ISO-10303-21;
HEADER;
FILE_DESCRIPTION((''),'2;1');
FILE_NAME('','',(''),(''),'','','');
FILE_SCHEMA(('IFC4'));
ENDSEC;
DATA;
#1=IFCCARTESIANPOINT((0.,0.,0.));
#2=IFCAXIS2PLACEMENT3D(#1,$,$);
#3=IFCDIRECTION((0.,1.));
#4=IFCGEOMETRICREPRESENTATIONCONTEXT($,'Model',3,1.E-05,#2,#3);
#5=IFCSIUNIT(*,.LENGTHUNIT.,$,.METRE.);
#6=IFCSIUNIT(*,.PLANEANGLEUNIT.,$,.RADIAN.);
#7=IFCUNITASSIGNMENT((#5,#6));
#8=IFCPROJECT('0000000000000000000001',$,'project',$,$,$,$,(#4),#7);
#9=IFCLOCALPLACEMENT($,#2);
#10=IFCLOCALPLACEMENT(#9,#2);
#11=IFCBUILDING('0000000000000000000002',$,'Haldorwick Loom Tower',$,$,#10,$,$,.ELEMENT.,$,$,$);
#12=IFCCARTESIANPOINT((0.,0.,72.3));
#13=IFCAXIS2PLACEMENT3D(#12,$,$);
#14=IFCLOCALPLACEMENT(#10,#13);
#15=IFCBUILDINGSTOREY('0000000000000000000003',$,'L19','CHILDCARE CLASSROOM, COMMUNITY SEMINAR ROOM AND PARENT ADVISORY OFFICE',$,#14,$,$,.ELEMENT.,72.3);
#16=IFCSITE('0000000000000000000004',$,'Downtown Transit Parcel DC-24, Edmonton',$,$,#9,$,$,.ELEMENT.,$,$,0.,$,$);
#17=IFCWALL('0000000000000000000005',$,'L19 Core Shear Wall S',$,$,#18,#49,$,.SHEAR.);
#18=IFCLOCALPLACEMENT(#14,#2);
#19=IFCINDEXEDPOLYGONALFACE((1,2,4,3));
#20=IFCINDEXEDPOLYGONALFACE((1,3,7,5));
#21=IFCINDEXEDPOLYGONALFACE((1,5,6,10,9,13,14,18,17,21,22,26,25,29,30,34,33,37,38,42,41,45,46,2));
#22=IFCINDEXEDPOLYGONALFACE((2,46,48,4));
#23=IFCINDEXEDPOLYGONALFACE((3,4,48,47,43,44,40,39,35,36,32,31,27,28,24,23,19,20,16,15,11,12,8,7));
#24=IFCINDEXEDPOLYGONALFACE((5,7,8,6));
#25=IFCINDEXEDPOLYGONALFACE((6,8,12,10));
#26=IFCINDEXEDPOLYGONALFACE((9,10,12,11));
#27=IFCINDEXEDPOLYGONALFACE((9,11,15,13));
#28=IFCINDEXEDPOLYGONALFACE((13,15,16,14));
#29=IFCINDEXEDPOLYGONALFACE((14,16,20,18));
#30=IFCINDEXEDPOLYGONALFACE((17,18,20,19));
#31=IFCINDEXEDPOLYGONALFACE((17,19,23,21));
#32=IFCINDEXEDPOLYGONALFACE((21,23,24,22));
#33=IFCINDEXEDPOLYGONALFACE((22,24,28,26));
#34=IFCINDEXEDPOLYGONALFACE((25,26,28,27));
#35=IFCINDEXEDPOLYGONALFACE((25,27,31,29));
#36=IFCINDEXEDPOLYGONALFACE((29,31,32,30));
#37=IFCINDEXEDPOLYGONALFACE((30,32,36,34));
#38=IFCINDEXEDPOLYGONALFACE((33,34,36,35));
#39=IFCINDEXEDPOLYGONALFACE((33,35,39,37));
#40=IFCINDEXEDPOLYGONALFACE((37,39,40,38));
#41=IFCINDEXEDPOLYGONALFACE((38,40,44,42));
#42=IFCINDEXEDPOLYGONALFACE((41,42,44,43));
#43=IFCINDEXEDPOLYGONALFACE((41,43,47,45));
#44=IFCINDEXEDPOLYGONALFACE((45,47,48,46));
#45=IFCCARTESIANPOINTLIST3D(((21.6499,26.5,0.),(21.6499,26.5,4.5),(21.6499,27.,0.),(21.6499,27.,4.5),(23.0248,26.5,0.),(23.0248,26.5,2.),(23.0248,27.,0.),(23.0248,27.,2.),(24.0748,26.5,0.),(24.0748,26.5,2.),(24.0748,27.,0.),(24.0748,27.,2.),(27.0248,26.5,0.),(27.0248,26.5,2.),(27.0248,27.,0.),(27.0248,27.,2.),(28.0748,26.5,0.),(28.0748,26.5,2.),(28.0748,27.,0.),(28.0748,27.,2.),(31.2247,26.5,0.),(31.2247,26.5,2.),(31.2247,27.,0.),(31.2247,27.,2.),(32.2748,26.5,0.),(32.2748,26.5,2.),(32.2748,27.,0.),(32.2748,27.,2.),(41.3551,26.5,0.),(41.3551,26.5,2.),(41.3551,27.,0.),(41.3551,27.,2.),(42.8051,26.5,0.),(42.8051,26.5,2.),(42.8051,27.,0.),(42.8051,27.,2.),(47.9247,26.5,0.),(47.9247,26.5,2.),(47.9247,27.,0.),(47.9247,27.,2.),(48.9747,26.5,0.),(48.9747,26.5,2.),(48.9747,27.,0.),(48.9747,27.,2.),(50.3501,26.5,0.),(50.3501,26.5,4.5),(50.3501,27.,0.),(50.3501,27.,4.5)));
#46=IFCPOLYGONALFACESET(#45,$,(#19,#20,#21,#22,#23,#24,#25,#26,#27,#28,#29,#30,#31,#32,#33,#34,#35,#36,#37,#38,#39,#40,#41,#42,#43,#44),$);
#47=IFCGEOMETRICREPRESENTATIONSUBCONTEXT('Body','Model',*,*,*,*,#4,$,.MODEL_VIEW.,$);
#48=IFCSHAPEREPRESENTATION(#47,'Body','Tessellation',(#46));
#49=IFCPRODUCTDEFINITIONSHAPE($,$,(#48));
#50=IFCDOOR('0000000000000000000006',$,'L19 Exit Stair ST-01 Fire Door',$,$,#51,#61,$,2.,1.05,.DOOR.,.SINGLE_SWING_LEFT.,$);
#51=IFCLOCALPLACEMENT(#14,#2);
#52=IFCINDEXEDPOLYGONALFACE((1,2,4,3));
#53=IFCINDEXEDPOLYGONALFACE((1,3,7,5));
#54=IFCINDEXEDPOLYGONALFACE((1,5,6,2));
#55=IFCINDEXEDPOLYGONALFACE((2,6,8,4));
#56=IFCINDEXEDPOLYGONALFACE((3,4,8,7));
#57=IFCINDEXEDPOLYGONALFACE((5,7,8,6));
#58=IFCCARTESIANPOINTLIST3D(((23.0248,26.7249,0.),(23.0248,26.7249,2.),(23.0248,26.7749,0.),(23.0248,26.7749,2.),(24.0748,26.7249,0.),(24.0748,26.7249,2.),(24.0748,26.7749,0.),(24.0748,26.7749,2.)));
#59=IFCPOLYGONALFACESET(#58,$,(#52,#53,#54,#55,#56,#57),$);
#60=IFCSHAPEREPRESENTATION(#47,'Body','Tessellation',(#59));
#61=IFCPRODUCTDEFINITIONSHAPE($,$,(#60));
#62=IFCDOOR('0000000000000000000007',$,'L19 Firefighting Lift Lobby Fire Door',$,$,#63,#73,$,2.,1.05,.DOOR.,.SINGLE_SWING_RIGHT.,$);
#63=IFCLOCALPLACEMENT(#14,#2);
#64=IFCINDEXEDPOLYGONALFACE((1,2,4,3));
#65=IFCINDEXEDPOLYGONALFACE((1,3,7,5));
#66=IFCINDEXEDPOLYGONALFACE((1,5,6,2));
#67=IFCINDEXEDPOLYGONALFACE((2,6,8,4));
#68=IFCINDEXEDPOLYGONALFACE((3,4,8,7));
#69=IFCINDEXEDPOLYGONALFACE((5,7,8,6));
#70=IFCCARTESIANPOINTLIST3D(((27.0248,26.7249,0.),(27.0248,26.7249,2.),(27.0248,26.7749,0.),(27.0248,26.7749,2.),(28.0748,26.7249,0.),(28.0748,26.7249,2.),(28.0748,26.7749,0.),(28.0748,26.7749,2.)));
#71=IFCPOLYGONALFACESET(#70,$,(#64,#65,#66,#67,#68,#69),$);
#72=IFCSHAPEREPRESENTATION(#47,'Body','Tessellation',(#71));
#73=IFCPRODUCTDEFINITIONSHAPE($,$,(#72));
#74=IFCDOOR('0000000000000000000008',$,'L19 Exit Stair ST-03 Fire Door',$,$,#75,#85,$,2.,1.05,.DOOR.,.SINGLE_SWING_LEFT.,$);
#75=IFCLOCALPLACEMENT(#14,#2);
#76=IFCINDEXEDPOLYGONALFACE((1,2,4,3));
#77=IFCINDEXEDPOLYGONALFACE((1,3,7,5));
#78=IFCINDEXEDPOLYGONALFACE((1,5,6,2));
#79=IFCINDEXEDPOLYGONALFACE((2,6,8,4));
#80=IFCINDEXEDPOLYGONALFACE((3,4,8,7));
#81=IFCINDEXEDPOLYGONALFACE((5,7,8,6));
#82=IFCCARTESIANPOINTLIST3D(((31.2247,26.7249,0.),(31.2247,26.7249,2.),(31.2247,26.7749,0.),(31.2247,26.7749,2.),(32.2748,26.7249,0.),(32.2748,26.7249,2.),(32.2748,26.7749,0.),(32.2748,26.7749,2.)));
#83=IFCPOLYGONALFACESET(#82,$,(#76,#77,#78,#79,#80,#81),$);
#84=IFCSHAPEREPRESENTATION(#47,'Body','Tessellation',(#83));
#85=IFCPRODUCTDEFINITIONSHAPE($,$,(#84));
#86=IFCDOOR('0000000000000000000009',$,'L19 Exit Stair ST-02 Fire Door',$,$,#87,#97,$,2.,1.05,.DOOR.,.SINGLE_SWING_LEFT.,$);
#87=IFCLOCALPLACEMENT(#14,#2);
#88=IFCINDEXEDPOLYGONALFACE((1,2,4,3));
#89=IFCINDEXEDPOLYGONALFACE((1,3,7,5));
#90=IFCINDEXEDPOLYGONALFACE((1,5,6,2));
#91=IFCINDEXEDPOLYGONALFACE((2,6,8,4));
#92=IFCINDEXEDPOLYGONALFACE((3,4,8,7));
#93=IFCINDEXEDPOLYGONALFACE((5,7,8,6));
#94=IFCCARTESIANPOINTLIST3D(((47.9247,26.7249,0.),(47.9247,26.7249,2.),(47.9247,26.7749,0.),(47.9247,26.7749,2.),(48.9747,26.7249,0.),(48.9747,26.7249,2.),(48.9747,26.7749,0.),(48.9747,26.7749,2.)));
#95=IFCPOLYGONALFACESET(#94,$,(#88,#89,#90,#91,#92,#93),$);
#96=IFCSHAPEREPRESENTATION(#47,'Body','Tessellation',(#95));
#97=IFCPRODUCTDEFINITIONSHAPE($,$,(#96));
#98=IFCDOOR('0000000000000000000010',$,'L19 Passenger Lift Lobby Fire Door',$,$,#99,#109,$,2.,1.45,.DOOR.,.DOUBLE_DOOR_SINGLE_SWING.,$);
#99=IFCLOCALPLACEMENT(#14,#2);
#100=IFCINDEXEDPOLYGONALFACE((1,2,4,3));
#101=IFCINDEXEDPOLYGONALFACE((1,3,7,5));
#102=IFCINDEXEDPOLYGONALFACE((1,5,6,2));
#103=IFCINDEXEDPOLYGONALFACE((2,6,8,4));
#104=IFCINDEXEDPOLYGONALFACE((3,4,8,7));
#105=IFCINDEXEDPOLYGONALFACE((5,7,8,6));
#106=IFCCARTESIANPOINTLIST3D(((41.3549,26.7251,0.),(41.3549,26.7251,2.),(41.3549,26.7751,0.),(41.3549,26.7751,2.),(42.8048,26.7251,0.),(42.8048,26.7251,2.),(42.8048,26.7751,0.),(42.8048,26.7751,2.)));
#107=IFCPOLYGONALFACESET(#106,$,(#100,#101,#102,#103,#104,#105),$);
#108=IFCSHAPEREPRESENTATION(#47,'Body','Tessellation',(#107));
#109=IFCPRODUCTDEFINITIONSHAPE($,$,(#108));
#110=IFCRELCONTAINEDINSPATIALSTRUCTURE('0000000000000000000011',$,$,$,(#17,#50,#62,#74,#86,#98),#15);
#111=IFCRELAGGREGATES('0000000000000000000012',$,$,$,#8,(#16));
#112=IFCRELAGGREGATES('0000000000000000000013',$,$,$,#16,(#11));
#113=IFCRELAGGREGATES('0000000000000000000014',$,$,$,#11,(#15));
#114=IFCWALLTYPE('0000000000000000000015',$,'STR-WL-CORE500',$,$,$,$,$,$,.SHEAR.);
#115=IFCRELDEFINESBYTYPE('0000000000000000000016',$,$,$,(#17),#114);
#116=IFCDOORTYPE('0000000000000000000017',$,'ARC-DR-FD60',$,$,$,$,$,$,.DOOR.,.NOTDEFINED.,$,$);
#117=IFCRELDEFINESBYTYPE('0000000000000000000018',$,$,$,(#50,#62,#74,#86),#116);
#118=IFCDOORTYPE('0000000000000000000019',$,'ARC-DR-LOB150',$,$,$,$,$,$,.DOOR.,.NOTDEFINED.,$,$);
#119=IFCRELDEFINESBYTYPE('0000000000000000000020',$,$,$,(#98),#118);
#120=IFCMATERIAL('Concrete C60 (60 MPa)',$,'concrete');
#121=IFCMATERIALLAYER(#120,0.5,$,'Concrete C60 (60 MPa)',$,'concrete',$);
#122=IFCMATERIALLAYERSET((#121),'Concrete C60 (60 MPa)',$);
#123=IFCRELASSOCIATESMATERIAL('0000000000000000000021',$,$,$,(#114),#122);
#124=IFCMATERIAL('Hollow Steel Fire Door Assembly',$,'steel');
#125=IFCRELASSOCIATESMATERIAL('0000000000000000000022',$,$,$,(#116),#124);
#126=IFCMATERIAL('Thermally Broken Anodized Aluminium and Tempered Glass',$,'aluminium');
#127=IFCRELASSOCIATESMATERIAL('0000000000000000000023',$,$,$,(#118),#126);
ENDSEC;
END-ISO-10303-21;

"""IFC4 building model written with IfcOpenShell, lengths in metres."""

from ifc_helpers import new_model, si_unit, direction, frame, frame_2d, origin, place, context, subcontext, project, spatial, rectangle, extrude, material, layer, layer_set, type_object, element, fill, save


model = new_model("IFC4")

# Units and contexts
model_context = context("Model", 3, precision=1e-05, world=origin(), true_north=direction((0.0, 1.0)))
body_context = subcontext(model_context, "Body", "Model", "MODEL_VIEW")
ifc_project = project(units=[si_unit("LENGTHUNIT", "METRE"), si_unit("PLANEANGLEUNIT", "RADIAN")], contexts=[model_context])

# Site, building, storey
site_placement = place(None, origin())
site = spatial("IfcSite", under=ifc_project, at=site_placement, Name="Downtown Transit Parcel DC-24, Edmonton", CompositionType="ELEMENT", RefElevation=0.0)
building_placement = place(site_placement, origin())
building = spatial("IfcBuilding", under=site, at=building_placement, Name="Haldorwick Loom Tower", CompositionType="ELEMENT")
storey_placement = place(building_placement, frame((0.0, 0.0, 72.3)))
storey = spatial("IfcBuildingStorey", under=building, at=storey_placement, Name="L19", Description="CHILDCARE CLASSROOM, COMMUNITY SEMINAR ROOM AND PARENT ADVISORY OFFICE", CompositionType="ELEMENT", Elevation=72.3)

# Shared definitions
ifc_material_1 = material(Name="Concrete C60 (60 MPa)", Category="concrete")

# Shared definitions
ifc_material_2 = material(Name="Hollow Steel Fire Door Assembly", Category="steel")

# Wall, openings, doors
ifc_layer_1 = layer(ifc_material_1, 0.5, Name="Concrete C60 (60 MPa)", Category="concrete")
ifc_layer_set_1 = layer_set([ifc_layer_1], Name="Concrete C60 (60 MPa)")
wall_type_1 = type_object("IfcWallType", Name="STR-WL-CORE500", PredefinedType="SHEAR", material=ifc_layer_set_1)
wall_1_placement = place(storey_placement, frame((21.6499, 26.75, 0.0), z_axis=(0.0, 0.0, 1.0), x_axis=(1.0, 0.0, 0.0)))
wall_1 = element("IfcWall", 1, at=wall_1_placement, inside=storey, type_object=wall_type_1, Name="L19 Core Shear Wall S", PredefinedType="SHEAR", context=body_context, shape_type="SweptSolid", body=[
    extrude(rectangle(XDim=28.7002, YDim=0.5, at=frame_2d((14.3501, 0.0))), origin(), (0.0, 0.0, 1.0), 4.5),
])
opening_1_placement = place(wall_1_placement, frame((1.375, 0.0, 0.0)))
opening_1 = element("IfcOpeningElement", 2, at=opening_1_placement, cuts=wall_1, PredefinedType="OPENING", context=body_context, shape_type="SweptSolid", body=[
    extrude(rectangle(XDim=1.05, YDim=2.0, at=frame_2d((0.5249, 1.0))), frame((0.0, 0.26, 0.0), z_axis=(0.0, -1.0, 0.0), x_axis=(1.0, 0.0, 0.0)), (0.0, 0.0, 1.0), 0.52),
])
opening_2_placement = place(wall_1_placement, frame((5.375, 0.0, 0.0)))
opening_2 = element("IfcOpeningElement", 3, at=opening_2_placement, cuts=wall_1, PredefinedType="OPENING", context=body_context, shape_type="SweptSolid", body=[
    extrude(rectangle(XDim=1.05, YDim=2.0, at=frame_2d((0.5249, 1.0))), frame((0.0, 0.26, 0.0), z_axis=(0.0, -1.0, 0.0), x_axis=(1.0, 0.0, 0.0)), (0.0, 0.0, 1.0), 0.52),
])
opening_3_placement = place(wall_1_placement, frame((9.575, 0.0, 0.0)))
opening_3 = element("IfcOpeningElement", 4, at=opening_3_placement, cuts=wall_1, PredefinedType="OPENING", context=body_context, shape_type="SweptSolid", body=[
    extrude(rectangle(XDim=1.05, YDim=2.0, at=frame_2d((0.5249, 1.0))), frame((0.0, 0.26, 0.0), z_axis=(0.0, -1.0, 0.0), x_axis=(1.0, 0.0, 0.0)), (0.0, 0.0, 1.0), 0.52),
])
opening_4_placement = place(wall_1_placement, frame((19.7051, 0.0, 0.0)))
opening_4 = element("IfcOpeningElement", 5, at=opening_4_placement, cuts=wall_1, PredefinedType="OPENING", context=body_context, shape_type="SweptSolid", body=[
    extrude(rectangle(XDim=1.45, YDim=2.0, at=frame_2d((0.7251, 1.0))), frame((0.0, 0.26, 0.0), z_axis=(0.0, -1.0, 0.0), x_axis=(1.0, 0.0, 0.0)), (0.0, 0.0, 1.0), 0.52),
])
opening_5_placement = place(wall_1_placement, frame((26.2749, 0.0, 0.0)))
opening_5 = element("IfcOpeningElement", 6, at=opening_5_placement, cuts=wall_1, PredefinedType="OPENING", context=body_context, shape_type="SweptSolid", body=[
    extrude(rectangle(XDim=1.05, YDim=2.0, at=frame_2d((0.5249, 1.0))), frame((0.0, 0.26, 0.0), z_axis=(0.0, -1.0, 0.0), x_axis=(1.0, 0.0, 0.0)), (0.0, 0.0, 1.0), 0.52),
])
door_type_1 = type_object("IfcDoorType", Name="ARC-DR-FD60", OperationType="NOTDEFINED", PredefinedType="DOOR", material=ifc_material_2)
door_1_placement = place(opening_1_placement, origin())
door_1 = element("IfcDoor", 7, at=door_1_placement, inside=storey, type_object=door_type_1, Name="L19 Exit Stair ST-01 Fire Door", OperationType="SINGLE_SWING_LEFT", OverallHeight=2.0, OverallWidth=1.05, PredefinedType="DOOR", context=body_context, shape_type="SweptSolid", body=[
    extrude(rectangle(XDim=1.05, YDim=2.0, at=frame_2d((0.5249, 1.0))), frame((0.0, 0.0249, 0.0), z_axis=(0.0, -1.0, 0.0), x_axis=(1.0, 0.0, 0.0)), (0.0, 0.0, 1.0), 0.05),
])
fill(opening_1, door_1)
door_2_placement = place(opening_2_placement, origin())
door_2 = element("IfcDoor", 8, at=door_2_placement, inside=storey, type_object=door_type_1, Name="L19 Firefighting Lift Lobby Fire Door", OperationType="SINGLE_SWING_RIGHT", OverallHeight=2.0, OverallWidth=1.05, PredefinedType="DOOR", context=body_context, shape_type="SweptSolid", body=[
    extrude(rectangle(XDim=1.05, YDim=2.0, at=frame_2d((0.5249, 1.0))), frame((0.0, 0.0249, 0.0), z_axis=(0.0, -1.0, 0.0), x_axis=(1.0, 0.0, 0.0)), (0.0, 0.0, 1.0), 0.05),
])
fill(opening_2, door_2)
door_3_placement = place(opening_3_placement, origin())
door_3 = element("IfcDoor", 9, at=door_3_placement, inside=storey, type_object=door_type_1, Name="L19 Exit Stair ST-03 Fire Door", OperationType="SINGLE_SWING_LEFT", OverallHeight=2.0, OverallWidth=1.05, PredefinedType="DOOR", context=body_context, shape_type="SweptSolid", body=[
    extrude(rectangle(XDim=1.05, YDim=2.0, at=frame_2d((0.5249, 1.0))), frame((0.0, 0.0249, 0.0), z_axis=(0.0, -1.0, 0.0), x_axis=(1.0, 0.0, 0.0)), (0.0, 0.0, 1.0), 0.05),
])
fill(opening_3, door_3)
door_4_placement = place(opening_5_placement, origin())
door_4 = element("IfcDoor", 10, at=door_4_placement, inside=storey, type_object=door_type_1, Name="L19 Exit Stair ST-02 Fire Door", OperationType="SINGLE_SWING_LEFT", OverallHeight=2.0, OverallWidth=1.05, PredefinedType="DOOR", context=body_context, shape_type="SweptSolid", body=[
    extrude(rectangle(XDim=1.05, YDim=2.0, at=frame_2d((0.5249, 1.0))), frame((0.0, 0.0249, 0.0), z_axis=(0.0, -1.0, 0.0), x_axis=(1.0, 0.0, 0.0)), (0.0, 0.0, 1.0), 0.05),
])
fill(opening_5, door_4)
ifc_material_3 = material(Name="Thermally Broken Anodized Aluminium and Tempered Glass", Category="aluminium")
door_type_2 = type_object("IfcDoorType", Name="ARC-DR-LOB150", OperationType="NOTDEFINED", PredefinedType="DOOR", material=ifc_material_3)
door_5_placement = place(opening_4_placement, frame((1.45, 0.0, 0.0), z_axis=(0.0, 0.0, 1.0), x_axis=(-1.0, 0.0, 0.0)))
door_5 = element("IfcDoor", 11, at=door_5_placement, inside=storey, type_object=door_type_2, Name="L19 Passenger Lift Lobby Fire Door", OperationType="DOUBLE_DOOR_SINGLE_SWING", OverallHeight=2.0, OverallWidth=1.45, PredefinedType="DOOR", context=body_context, shape_type="SweptSolid", body=[
    extrude(rectangle(XDim=1.45, YDim=2.0, at=frame_2d((0.7251, 1.0))), frame((0.0, 0.0249, 0.0), z_axis=(0.0, -1.0, 0.0), x_axis=(1.0, 0.0, 0.0)), (0.0, 0.0, 1.0), 0.05),
])
fill(opening_4, door_5)

save(model, "model.ifc")
